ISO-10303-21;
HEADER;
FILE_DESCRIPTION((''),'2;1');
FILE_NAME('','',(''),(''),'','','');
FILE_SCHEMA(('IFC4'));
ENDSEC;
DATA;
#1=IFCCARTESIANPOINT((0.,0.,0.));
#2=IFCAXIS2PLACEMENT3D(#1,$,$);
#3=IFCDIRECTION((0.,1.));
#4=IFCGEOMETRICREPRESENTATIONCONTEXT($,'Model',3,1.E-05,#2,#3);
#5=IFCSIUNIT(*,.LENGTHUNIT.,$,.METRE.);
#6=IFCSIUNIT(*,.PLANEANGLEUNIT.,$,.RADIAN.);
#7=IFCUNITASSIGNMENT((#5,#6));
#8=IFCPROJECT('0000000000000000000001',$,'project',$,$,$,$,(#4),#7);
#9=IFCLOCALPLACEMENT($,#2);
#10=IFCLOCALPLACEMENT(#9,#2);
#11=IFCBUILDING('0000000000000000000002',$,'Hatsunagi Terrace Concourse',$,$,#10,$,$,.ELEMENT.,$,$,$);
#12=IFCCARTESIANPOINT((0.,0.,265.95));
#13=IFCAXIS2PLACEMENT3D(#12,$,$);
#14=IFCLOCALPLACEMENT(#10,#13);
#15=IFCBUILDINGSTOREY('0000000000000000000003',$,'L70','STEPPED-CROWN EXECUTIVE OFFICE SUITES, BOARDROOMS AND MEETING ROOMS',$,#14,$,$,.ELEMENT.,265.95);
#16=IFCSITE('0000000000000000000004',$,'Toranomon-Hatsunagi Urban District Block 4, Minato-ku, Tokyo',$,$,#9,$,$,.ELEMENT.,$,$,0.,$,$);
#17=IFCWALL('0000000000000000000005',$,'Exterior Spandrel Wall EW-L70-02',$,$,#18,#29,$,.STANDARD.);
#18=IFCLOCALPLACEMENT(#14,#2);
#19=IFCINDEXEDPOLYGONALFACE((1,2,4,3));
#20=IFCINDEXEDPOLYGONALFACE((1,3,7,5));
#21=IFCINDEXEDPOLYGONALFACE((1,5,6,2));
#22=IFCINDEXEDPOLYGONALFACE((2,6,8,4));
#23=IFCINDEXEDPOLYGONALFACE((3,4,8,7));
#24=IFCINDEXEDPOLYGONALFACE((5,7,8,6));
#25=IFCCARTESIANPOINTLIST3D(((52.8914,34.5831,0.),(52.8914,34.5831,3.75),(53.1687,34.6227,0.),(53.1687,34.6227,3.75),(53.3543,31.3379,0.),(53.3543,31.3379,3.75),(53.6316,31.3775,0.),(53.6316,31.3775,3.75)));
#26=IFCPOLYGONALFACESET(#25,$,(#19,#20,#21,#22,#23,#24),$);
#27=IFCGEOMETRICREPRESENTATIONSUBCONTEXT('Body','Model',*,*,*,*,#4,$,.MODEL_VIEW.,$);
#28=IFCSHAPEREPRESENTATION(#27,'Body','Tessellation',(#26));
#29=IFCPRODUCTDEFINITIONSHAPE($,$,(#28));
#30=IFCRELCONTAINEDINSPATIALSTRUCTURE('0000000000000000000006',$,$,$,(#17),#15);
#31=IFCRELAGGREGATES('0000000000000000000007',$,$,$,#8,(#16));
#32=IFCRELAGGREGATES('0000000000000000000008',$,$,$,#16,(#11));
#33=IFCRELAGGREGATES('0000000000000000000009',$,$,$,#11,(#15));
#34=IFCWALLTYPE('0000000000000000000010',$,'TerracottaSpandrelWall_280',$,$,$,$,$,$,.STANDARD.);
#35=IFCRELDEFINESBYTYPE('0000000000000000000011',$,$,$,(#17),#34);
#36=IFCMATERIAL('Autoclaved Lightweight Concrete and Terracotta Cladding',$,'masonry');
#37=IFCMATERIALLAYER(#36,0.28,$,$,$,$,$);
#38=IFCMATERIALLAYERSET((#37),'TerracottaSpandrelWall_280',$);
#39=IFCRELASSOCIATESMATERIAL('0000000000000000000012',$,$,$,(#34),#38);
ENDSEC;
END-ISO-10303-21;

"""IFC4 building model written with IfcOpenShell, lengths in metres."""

from ifc_helpers import new_model, si_unit, direction, frame, frame_2d, origin, place, context, subcontext, project, spatial, rectangle, extrude, material, layer, layer_set, type_object, element, save


model = new_model("IFC4")

# Units and contexts
model_context = context("Model", 3, precision=1e-05, world=origin(), true_north=direction((0.0, 1.0)))
body_context = subcontext(model_context, "Body", "Model", "MODEL_VIEW")
ifc_project = project(units=[si_unit("LENGTHUNIT", "METRE"), si_unit("PLANEANGLEUNIT", "RADIAN")], contexts=[model_context])

# Site, building, storey
site_placement = place(None, origin())
site = spatial("IfcSite", under=ifc_project, at=site_placement, Name="Toranomon-Hatsunagi Urban District Block 4, Minato-ku, Tokyo", CompositionType="ELEMENT", RefElevation=0.0)
building_placement = place(site_placement, origin())
building = spatial("IfcBuilding", under=site, at=building_placement, Name="Hatsunagi Terrace Concourse", CompositionType="ELEMENT")
storey_placement = place(building_placement, frame((0.0, 0.0, 265.95)))
storey = spatial("IfcBuildingStorey", under=building, at=storey_placement, Name="L70", Description="STEPPED-CROWN EXECUTIVE OFFICE SUITES, BOARDROOMS AND MEETING ROOMS", CompositionType="ELEMENT", Elevation=265.95)

# Wall
ifc_material_1 = material(Name="Autoclaved Lightweight Concrete and Terracotta Cladding", Category="masonry")
ifc_layer_1 = layer(ifc_material_1, 0.28)
ifc_layer_set_1 = layer_set([ifc_layer_1], Name="TerracottaSpandrelWall_280")
wall_type_1 = type_object("IfcWallType", Name="TerracottaSpandrelWall_280", PredefinedType="STANDARD", material=ifc_layer_set_1)
wall_1_placement = place(storey_placement, frame((53.03, 34.603, 0.0), z_axis=(0.0, 0.0, 1.0), x_axis=(0.141213, -0.989979, 0.0)))
element("IfcWall", 1, at=wall_1_placement, inside=storey, type_object=wall_type_1, Name="Exterior Spandrel Wall EW-L70-02", PredefinedType="STANDARD", context=body_context, shape_type="SweptSolid", body=[
    extrude(rectangle(XDim=3.2781, YDim=0.28, at=frame_2d((1.6392, 0.0))), origin(), (0.0, 0.0, 1.0), 3.75),
])

save(model, "model.ifc")
